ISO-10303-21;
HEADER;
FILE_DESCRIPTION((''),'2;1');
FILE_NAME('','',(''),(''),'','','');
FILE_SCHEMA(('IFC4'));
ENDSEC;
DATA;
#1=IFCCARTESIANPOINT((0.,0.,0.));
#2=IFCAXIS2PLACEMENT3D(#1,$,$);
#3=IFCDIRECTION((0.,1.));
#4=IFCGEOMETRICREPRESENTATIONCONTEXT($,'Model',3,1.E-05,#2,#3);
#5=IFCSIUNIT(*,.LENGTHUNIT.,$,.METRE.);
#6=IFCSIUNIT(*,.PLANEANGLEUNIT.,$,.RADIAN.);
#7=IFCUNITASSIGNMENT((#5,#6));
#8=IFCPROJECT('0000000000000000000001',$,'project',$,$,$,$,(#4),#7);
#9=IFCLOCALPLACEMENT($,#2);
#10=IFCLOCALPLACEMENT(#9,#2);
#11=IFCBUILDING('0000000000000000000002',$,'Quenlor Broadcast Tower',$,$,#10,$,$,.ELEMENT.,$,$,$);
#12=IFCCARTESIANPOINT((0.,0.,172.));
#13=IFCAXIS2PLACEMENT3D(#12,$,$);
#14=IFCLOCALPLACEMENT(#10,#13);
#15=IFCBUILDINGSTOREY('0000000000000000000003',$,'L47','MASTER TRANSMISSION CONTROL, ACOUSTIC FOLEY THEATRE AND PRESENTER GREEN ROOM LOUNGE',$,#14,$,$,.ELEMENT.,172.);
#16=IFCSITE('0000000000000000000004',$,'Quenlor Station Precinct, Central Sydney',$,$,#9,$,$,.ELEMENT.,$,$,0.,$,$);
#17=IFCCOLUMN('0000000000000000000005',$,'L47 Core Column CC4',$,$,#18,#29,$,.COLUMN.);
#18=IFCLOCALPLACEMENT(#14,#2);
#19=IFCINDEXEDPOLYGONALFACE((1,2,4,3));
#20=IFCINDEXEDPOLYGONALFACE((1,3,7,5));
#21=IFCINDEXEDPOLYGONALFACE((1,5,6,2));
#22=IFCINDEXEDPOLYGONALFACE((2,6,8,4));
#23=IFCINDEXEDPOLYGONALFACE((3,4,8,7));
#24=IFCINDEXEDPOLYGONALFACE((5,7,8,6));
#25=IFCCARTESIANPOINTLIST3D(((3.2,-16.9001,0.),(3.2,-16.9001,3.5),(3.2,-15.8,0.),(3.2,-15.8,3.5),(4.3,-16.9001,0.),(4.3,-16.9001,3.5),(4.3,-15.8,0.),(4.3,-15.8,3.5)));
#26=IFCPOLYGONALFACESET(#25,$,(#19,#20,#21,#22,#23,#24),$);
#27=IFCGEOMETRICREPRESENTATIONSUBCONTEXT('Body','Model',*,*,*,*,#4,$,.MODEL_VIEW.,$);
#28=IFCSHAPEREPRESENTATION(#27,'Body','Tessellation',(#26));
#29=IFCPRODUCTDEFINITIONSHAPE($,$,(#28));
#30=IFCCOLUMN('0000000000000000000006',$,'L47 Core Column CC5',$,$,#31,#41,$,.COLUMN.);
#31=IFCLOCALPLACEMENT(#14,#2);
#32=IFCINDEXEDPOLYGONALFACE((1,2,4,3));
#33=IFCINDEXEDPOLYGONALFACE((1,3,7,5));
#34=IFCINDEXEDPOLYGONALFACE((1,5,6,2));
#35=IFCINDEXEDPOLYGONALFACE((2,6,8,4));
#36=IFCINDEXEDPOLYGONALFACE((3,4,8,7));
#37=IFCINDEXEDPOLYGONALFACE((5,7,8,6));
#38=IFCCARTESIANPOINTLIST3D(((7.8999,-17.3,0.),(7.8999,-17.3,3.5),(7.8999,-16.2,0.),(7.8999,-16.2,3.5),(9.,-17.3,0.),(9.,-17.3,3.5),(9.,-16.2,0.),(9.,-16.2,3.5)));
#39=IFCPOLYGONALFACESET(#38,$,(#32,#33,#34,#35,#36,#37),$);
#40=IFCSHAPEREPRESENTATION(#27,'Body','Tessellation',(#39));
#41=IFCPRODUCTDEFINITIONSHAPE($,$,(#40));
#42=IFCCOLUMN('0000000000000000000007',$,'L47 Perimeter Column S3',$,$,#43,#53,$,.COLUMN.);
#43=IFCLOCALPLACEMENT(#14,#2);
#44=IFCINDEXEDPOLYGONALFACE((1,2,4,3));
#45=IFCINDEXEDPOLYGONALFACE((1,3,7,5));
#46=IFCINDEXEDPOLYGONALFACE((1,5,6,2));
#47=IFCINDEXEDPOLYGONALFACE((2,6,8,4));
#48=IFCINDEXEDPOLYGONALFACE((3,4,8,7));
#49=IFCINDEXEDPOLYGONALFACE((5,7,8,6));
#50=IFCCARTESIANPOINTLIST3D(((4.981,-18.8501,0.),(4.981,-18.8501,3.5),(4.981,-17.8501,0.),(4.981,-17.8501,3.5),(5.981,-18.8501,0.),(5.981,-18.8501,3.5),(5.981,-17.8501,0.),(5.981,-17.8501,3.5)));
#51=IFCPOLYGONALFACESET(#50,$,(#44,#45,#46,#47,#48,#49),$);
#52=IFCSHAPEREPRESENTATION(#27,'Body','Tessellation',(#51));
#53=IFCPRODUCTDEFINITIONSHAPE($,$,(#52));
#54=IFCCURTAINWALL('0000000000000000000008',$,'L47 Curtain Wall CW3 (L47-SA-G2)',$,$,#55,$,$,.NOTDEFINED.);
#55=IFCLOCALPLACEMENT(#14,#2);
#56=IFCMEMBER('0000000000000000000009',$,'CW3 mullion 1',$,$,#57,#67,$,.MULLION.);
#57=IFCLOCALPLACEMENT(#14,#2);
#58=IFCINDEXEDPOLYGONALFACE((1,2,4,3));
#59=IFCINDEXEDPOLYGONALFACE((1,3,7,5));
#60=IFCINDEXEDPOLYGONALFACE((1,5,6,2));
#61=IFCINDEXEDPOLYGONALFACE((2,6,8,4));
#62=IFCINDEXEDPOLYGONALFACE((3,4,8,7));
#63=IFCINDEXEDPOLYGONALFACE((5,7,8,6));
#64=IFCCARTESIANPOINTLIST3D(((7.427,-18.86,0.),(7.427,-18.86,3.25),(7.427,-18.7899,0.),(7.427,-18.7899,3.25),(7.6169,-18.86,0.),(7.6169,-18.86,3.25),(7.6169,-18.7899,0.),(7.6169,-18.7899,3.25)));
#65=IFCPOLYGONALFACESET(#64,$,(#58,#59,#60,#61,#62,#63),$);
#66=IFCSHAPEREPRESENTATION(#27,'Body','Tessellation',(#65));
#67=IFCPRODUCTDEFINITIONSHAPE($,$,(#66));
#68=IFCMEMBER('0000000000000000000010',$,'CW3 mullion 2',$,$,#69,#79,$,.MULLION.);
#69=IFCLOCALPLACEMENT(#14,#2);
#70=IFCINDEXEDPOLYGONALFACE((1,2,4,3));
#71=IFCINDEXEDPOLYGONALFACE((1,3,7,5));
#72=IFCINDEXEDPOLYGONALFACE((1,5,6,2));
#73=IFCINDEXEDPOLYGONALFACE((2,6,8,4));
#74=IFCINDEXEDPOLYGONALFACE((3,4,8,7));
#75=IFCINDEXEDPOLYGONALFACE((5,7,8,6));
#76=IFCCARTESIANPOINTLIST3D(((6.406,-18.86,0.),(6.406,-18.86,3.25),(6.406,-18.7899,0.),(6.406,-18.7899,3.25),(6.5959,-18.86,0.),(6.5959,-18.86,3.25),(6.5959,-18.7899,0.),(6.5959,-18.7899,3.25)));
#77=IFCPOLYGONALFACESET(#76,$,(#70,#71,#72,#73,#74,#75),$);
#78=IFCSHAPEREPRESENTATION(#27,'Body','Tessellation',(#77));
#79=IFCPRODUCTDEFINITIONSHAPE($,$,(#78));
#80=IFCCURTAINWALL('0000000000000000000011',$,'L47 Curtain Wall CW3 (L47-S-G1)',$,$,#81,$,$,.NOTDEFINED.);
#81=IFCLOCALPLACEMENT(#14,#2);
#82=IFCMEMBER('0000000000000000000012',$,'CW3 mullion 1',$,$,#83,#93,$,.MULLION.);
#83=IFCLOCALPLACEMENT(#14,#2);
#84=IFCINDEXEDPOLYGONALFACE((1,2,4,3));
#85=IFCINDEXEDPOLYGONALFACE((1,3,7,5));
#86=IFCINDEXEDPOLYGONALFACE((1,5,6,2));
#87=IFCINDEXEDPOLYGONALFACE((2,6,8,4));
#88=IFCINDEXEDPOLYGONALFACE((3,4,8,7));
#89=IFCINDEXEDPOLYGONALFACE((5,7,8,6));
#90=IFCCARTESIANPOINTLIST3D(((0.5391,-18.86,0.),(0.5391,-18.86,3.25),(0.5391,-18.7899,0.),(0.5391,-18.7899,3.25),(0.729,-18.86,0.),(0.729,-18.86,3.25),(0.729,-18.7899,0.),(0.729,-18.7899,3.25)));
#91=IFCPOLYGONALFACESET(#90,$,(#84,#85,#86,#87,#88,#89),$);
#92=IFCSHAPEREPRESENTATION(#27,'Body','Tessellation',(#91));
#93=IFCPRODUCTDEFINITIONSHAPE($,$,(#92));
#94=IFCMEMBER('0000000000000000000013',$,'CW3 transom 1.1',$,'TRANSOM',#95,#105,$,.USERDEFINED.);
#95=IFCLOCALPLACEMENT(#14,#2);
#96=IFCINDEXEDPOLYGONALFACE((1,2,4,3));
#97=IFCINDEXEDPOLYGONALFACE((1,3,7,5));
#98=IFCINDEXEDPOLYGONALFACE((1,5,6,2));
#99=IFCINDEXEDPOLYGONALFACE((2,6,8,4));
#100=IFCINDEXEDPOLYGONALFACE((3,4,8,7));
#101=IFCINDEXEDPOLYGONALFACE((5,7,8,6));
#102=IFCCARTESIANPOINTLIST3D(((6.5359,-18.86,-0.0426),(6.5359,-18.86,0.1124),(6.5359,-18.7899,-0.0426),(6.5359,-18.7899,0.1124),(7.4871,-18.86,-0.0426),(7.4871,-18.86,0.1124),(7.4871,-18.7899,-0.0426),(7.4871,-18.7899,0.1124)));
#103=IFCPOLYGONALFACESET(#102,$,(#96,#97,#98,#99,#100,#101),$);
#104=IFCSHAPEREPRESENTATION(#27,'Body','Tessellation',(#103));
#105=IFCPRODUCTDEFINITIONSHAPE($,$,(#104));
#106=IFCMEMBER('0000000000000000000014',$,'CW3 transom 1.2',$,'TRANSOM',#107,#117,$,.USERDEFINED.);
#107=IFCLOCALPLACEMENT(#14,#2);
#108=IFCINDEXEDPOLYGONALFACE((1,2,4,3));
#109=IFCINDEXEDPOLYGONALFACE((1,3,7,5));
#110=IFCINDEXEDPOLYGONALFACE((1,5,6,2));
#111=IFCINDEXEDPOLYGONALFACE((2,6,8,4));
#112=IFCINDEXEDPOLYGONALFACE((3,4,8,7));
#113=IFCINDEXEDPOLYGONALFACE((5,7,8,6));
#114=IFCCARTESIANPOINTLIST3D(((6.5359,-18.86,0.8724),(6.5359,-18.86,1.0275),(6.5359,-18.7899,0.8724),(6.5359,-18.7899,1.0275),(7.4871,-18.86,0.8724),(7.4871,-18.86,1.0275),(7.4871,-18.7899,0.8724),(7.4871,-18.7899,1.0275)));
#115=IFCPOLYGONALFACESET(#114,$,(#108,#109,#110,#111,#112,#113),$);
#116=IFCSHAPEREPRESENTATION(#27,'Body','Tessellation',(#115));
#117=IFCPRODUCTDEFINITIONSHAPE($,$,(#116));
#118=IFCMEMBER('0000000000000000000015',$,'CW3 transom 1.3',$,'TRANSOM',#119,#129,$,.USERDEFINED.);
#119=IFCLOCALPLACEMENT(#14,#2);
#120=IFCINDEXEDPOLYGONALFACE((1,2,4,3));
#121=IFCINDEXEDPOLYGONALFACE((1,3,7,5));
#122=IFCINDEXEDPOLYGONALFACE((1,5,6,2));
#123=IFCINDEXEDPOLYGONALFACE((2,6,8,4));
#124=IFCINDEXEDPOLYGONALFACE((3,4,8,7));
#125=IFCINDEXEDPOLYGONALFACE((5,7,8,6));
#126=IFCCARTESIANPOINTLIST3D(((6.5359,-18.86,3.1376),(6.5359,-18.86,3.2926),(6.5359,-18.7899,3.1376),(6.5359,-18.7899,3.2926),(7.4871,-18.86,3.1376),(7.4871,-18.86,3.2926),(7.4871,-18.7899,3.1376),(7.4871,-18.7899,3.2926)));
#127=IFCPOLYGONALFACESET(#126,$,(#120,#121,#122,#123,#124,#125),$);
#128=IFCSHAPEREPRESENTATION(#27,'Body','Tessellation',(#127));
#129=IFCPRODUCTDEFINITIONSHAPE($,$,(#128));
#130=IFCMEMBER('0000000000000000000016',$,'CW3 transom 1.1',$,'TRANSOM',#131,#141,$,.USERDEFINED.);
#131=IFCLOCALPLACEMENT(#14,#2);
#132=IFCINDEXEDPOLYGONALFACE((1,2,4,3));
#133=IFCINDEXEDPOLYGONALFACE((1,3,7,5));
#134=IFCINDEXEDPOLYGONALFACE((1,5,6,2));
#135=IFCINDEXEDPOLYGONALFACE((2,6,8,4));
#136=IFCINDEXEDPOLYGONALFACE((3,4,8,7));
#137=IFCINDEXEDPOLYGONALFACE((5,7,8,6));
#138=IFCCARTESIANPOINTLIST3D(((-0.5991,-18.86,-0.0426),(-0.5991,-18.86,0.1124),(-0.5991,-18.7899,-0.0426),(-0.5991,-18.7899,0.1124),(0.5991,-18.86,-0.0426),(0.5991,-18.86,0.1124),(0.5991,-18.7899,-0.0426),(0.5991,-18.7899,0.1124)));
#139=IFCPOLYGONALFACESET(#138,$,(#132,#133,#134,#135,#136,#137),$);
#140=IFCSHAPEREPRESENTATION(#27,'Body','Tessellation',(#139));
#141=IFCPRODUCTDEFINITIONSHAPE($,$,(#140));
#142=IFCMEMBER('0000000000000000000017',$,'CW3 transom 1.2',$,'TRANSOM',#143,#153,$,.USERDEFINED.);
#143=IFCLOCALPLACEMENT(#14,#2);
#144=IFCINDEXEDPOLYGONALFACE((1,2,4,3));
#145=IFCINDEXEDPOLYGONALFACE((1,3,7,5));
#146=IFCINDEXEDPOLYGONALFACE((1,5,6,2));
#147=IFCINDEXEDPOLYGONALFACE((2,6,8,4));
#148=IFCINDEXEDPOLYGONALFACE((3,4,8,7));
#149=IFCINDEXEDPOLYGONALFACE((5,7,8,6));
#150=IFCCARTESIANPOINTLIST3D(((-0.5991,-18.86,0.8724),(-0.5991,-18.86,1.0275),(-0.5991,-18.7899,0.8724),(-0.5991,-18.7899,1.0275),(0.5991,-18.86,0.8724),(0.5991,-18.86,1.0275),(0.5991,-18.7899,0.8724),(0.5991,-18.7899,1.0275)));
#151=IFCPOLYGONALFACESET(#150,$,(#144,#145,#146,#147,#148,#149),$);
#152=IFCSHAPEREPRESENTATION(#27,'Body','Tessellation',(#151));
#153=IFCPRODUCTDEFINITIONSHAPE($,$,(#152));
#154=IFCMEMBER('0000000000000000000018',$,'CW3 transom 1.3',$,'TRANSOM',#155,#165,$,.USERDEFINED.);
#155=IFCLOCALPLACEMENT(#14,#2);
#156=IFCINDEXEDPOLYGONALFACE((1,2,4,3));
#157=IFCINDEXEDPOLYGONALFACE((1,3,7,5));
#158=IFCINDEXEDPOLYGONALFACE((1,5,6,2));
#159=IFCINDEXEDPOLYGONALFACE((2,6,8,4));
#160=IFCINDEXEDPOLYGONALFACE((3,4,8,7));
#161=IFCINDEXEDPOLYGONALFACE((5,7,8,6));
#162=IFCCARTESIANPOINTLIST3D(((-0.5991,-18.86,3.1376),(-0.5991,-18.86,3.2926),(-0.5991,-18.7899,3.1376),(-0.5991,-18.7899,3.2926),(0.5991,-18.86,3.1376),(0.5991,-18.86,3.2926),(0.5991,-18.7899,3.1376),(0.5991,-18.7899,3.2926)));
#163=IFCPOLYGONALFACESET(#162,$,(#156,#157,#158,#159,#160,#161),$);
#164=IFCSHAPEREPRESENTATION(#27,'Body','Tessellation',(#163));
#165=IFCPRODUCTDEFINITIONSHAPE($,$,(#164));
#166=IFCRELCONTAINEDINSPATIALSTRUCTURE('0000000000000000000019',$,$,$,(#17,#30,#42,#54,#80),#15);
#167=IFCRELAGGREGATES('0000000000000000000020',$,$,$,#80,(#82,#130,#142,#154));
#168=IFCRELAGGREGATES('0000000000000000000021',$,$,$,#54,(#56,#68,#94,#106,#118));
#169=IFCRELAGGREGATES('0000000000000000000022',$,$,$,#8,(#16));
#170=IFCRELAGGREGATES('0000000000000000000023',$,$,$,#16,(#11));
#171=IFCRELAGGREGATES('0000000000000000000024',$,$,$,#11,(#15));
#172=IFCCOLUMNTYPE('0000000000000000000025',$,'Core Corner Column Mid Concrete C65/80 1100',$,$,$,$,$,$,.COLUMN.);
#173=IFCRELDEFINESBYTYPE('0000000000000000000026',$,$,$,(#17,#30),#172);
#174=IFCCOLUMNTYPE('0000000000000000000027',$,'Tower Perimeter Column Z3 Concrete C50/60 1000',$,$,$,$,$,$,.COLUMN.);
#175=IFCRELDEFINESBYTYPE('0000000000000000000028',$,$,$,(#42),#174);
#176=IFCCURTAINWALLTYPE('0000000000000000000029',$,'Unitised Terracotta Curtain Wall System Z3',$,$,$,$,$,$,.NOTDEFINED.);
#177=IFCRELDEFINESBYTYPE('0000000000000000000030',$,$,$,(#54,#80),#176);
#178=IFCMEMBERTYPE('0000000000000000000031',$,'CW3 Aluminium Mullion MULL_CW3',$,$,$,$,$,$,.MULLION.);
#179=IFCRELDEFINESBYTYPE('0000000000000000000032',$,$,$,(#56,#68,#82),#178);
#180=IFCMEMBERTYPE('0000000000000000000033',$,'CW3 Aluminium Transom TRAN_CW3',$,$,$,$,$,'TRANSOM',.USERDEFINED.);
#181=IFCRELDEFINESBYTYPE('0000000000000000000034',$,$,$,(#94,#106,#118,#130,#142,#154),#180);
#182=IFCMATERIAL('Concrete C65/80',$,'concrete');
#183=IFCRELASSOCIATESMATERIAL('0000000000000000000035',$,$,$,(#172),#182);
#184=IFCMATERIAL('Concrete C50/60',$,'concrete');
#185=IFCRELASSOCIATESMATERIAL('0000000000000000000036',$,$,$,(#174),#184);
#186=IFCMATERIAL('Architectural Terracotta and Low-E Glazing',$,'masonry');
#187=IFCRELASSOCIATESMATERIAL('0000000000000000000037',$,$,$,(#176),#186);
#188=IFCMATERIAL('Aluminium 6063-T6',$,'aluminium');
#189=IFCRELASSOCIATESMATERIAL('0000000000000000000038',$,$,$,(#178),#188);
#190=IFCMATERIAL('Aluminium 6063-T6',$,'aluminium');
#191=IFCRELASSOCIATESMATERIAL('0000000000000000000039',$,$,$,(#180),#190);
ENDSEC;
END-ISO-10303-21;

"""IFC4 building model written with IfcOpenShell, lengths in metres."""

from ifc_helpers import new_model, si_unit, direction, frame, origin, origin_2d, place, context, subcontext, project, spatial, rectangle, extrude, material, material_profile, profile_set, type_object, element, aggregate, save


model = new_model("IFC4")

# Units and contexts
model_context = context("Model", 3, precision=1e-05, world=origin(), true_north=direction((0.0, 1.0)))
body_context = subcontext(model_context, "Body", "Model", "MODEL_VIEW")
ifc_project = project(units=[si_unit("LENGTHUNIT", "METRE"), si_unit("PLANEANGLEUNIT", "RADIAN")], contexts=[model_context])

# Site, building, storey
site_placement = place(None, origin())
site = spatial("IfcSite", under=ifc_project, at=site_placement, Name="Quenlor Station Precinct, Central Sydney", CompositionType="ELEMENT", RefElevation=0.0)
building_placement = place(site_placement, origin())
building = spatial("IfcBuilding", under=site, at=building_placement, Name="Quenlor Broadcast Tower", CompositionType="ELEMENT")
storey_placement = place(building_placement, frame((0.0, 0.0, 172.0)))
storey = spatial("IfcBuildingStorey", under=building, at=storey_placement, Name="L47", Description="MASTER TRANSMISSION CONTROL, ACOUSTIC FOLEY THEATRE AND PRESENTER GREEN ROOM LOUNGE", CompositionType="ELEMENT", Elevation=172.0)

# Columns
ifc_material_1 = material(Name="Concrete C65/80", Category="concrete")
ifc_material_profile_1 = material_profile(ifc_material_1, rectangle(XDim=1.1001, YDim=1.1001, at=origin_2d()))
ifc_profile_set_1 = profile_set([ifc_material_profile_1], Name="Concrete C65/80 RC1100x1100")
column_type_1 = type_object("IfcColumnType", Name="Core Corner Column Mid Concrete C65/80 1100", PredefinedType="COLUMN", material=ifc_profile_set_1)
for number, where, z_axis, x_axis, name in (
    (1, (3.75, -16.3501, 0.0), (0.0, 0.0, 1.0), (1.0, 0.0, 0.0), "L47 Core Column CC4"),
    (2, (8.45, -16.75, 0.0), (0.0, 0.0, 1.0), (1.0, 0.0, 0.0), "L47 Core Column CC5"),
):
    element("IfcColumn", number, at=place(storey_placement, frame(where, z_axis=z_axis, x_axis=x_axis)), inside=storey, type_object=column_type_1, Name=name, PredefinedType="COLUMN", context=body_context, shape_type="SweptSolid", body=[
        extrude(rectangle(XDim=1.1001, YDim=1.1001, at=origin_2d()), origin(), (0.0, 0.0, 1.0), 3.5),
    ])
ifc_material_2 = material(Name="Concrete C50/60", Category="concrete")
ifc_material_profile_2 = material_profile(ifc_material_2, rectangle(XDim=1.0, YDim=1.0, at=origin_2d()))
ifc_profile_set_2 = profile_set([ifc_material_profile_2], Name="Concrete C50/60 RC1000x1000")
column_type_2 = type_object("IfcColumnType", Name="Tower Perimeter Column Z3 Concrete C50/60 1000", PredefinedType="COLUMN", material=ifc_profile_set_2)
column_placement = place(storey_placement, frame((5.481, -18.3501, 0.0), z_axis=(0.0, 0.0, 1.0), x_axis=(0.0, 1.0, 0.0)))
element("IfcColumn", 3, at=column_placement, inside=storey, type_object=column_type_2, Name="L47 Perimeter Column S3", PredefinedType="COLUMN", context=body_context, shape_type="SweptSolid", body=[
    extrude(rectangle(XDim=1.0, YDim=1.0, at=origin_2d()), origin(), (0.0, 0.0, 1.0), 3.5),
])

# Curtain wall, members
ifc_material_3 = material(Name="Architectural Terracotta and Low-E Glazing", Category="masonry")
curtain_wall_type = type_object("IfcCurtainWallType", Name="Unitised Terracotta Curtain Wall System Z3", PredefinedType="NOTDEFINED", material=ifc_material_3)
curtain_wall_1_placement = place(storey_placement, origin())
curtain_wall_1 = element("IfcCurtainWall", 4, at=curtain_wall_1_placement, inside=storey, type_object=curtain_wall_type, Name="L47 Curtain Wall CW3 (L47-SA-G2)", PredefinedType="NOTDEFINED")
ifc_material_4 = material(Name="Aluminium 6063-T6", Category="aluminium")
ifc_material_profile_3 = material_profile(ifc_material_4, rectangle(XDim=0.0701, YDim=0.1899, at=origin_2d()))
ifc_profile_set_3 = profile_set([ifc_material_profile_3], Name="Aluminium 6063-T6 MULL70x190")
member_type_1 = type_object("IfcMemberType", Name="CW3 Aluminium Mullion MULL_CW3", PredefinedType="MULLION", material=ifc_profile_set_3)
member_1_placement = place(storey_placement, frame((7.522, -18.825, 0.0), z_axis=(0.0, 0.0, 1.0), x_axis=(0.0, -1.0, 0.0)))
member_1 = element("IfcMember", 5, at=member_1_placement, type_object=member_type_1, Name="CW3 mullion 1", PredefinedType="MULLION", context=body_context, shape_type="SweptSolid", body=[
    extrude(rectangle(XDim=0.0701, YDim=0.1899, at=origin_2d()), origin(), (0.0, 0.0, 1.0), 3.25),
])
member_2_placement = place(storey_placement, frame((6.501, -18.825, 0.0), z_axis=(0.0, 0.0, 1.0), x_axis=(0.0, -1.0, 0.0)))
member_2 = element("IfcMember", 6, at=member_2_placement, type_object=member_type_1, Name="CW3 mullion 2", PredefinedType="MULLION", context=body_context, shape_type="SweptSolid", body=[
    extrude(rectangle(XDim=0.0701, YDim=0.1899, at=origin_2d()), origin(), (0.0, 0.0, 1.0), 3.25),
])

# Curtain wall, member
curtain_wall_2_placement = place(storey_placement, origin())
curtain_wall_2 = element("IfcCurtainWall", 7, at=curtain_wall_2_placement, inside=storey, type_object=curtain_wall_type, Name="L47 Curtain Wall CW3 (L47-S-G1)", PredefinedType="NOTDEFINED")
member_3_placement = place(storey_placement, frame((0.634, -18.825, 0.0), z_axis=(0.0, 0.0, 1.0), x_axis=(0.0, -1.0, 0.0)))
member_3 = element("IfcMember", 8, at=member_3_placement, type_object=member_type_1, Name="CW3 mullion 1", PredefinedType="MULLION", context=body_context, shape_type="SweptSolid", body=[
    extrude(rectangle(XDim=0.0701, YDim=0.1899, at=origin_2d()), origin(), (0.0, 0.0, 1.0), 3.25),
])

# Members
ifc_material_5 = material(Name="Aluminium 6063-T6", Category="aluminium")
ifc_material_profile_4 = material_profile(ifc_material_5, rectangle(XDim=0.0701, YDim=0.155, at=origin_2d()))
ifc_profile_set_4 = profile_set([ifc_material_profile_4], Name="Aluminium 6063-T6 TRAN70x155")
member_type_2 = type_object("IfcMemberType", Name="CW3 Aluminium Transom TRAN_CW3", ElementType="TRANSOM", PredefinedType="USERDEFINED", material=ifc_profile_set_4)
member_4_placement = place(storey_placement, frame((7.4871, -18.825, 0.0349), z_axis=(-1.0, 0.0, 0.0), x_axis=(0.0, -1.0, 0.0)))
member_4 = element("IfcMember", 9, at=member_4_placement, type_object=member_type_2, Name="CW3 transom 1.1", ObjectType="TRANSOM", PredefinedType="USERDEFINED", context=body_context, shape_type="SweptSolid", body=[
    extrude(rectangle(XDim=0.0701, YDim=0.155, at=origin_2d()), origin(), (0.0, 0.0, 1.0), 0.9512),
])
member_5_placement = place(storey_placement, frame((7.4871, -18.825, 0.95), z_axis=(-1.0, 0.0, 0.0), x_axis=(0.0, -1.0, 0.0)))
member_5 = element("IfcMember", 10, at=member_5_placement, type_object=member_type_2, Name="CW3 transom 1.2", ObjectType="TRANSOM", PredefinedType="USERDEFINED", context=body_context, shape_type="SweptSolid", body=[
    extrude(rectangle(XDim=0.0701, YDim=0.155, at=origin_2d()), origin(), (0.0, 0.0, 1.0), 0.9512),
])
member_6_placement = place(storey_placement, frame((7.4871, -18.825, 3.2151), z_axis=(-1.0, 0.0, 0.0), x_axis=(0.0, -1.0, 0.0)))
member_6 = element("IfcMember", 11, at=member_6_placement, type_object=member_type_2, Name="CW3 transom 1.3", ObjectType="TRANSOM", PredefinedType="USERDEFINED", context=body_context, shape_type="SweptSolid", body=[
    extrude(rectangle(XDim=0.0701, YDim=0.155, at=origin_2d()), origin(), (0.0, 0.0, 1.0), 0.9512),
])
member_7_placement = place(storey_placement, frame((0.5991, -18.825, 0.0349), z_axis=(-1.0, 0.0, 0.0), x_axis=(0.0, -1.0, 0.0)))
member_7 = element("IfcMember", 12, at=member_7_placement, type_object=member_type_2, Name="CW3 transom 1.1", ObjectType="TRANSOM", PredefinedType="USERDEFINED", context=body_context, shape_type="SweptSolid", body=[
    extrude(rectangle(XDim=0.0701, YDim=0.155, at=origin_2d()), origin(), (0.0, 0.0, 1.0), 1.1982),
])
member_8_placement = place(storey_placement, frame((0.5991, -18.825, 0.95), z_axis=(-1.0, 0.0, 0.0), x_axis=(0.0, -1.0, 0.0)))
member_8 = element("IfcMember", 13, at=member_8_placement, type_object=member_type_2, Name="CW3 transom 1.2", ObjectType="TRANSOM", PredefinedType="USERDEFINED", context=body_context, shape_type="SweptSolid", body=[
    extrude(rectangle(XDim=0.0701, YDim=0.155, at=origin_2d()), origin(), (0.0, 0.0, 1.0), 1.1982),
])
member_9_placement = place(storey_placement, frame((0.5991, -18.825, 3.2151), z_axis=(-1.0, 0.0, 0.0), x_axis=(0.0, -1.0, 0.0)))
member_9 = element("IfcMember", 14, at=member_9_placement, type_object=member_type_2, Name="CW3 transom 1.3", ObjectType="TRANSOM", PredefinedType="USERDEFINED", context=body_context, shape_type="SweptSolid", body=[
    extrude(rectangle(XDim=0.0701, YDim=0.155, at=origin_2d()), origin(), (0.0, 0.0, 1.0), 1.1982),
])
aggregate(curtain_wall_2, [member_3, member_7, member_8, member_9])

aggregate(curtain_wall_1, [member_1, member_2, member_4, member_5, member_6])

save(model, "model.ifc")
